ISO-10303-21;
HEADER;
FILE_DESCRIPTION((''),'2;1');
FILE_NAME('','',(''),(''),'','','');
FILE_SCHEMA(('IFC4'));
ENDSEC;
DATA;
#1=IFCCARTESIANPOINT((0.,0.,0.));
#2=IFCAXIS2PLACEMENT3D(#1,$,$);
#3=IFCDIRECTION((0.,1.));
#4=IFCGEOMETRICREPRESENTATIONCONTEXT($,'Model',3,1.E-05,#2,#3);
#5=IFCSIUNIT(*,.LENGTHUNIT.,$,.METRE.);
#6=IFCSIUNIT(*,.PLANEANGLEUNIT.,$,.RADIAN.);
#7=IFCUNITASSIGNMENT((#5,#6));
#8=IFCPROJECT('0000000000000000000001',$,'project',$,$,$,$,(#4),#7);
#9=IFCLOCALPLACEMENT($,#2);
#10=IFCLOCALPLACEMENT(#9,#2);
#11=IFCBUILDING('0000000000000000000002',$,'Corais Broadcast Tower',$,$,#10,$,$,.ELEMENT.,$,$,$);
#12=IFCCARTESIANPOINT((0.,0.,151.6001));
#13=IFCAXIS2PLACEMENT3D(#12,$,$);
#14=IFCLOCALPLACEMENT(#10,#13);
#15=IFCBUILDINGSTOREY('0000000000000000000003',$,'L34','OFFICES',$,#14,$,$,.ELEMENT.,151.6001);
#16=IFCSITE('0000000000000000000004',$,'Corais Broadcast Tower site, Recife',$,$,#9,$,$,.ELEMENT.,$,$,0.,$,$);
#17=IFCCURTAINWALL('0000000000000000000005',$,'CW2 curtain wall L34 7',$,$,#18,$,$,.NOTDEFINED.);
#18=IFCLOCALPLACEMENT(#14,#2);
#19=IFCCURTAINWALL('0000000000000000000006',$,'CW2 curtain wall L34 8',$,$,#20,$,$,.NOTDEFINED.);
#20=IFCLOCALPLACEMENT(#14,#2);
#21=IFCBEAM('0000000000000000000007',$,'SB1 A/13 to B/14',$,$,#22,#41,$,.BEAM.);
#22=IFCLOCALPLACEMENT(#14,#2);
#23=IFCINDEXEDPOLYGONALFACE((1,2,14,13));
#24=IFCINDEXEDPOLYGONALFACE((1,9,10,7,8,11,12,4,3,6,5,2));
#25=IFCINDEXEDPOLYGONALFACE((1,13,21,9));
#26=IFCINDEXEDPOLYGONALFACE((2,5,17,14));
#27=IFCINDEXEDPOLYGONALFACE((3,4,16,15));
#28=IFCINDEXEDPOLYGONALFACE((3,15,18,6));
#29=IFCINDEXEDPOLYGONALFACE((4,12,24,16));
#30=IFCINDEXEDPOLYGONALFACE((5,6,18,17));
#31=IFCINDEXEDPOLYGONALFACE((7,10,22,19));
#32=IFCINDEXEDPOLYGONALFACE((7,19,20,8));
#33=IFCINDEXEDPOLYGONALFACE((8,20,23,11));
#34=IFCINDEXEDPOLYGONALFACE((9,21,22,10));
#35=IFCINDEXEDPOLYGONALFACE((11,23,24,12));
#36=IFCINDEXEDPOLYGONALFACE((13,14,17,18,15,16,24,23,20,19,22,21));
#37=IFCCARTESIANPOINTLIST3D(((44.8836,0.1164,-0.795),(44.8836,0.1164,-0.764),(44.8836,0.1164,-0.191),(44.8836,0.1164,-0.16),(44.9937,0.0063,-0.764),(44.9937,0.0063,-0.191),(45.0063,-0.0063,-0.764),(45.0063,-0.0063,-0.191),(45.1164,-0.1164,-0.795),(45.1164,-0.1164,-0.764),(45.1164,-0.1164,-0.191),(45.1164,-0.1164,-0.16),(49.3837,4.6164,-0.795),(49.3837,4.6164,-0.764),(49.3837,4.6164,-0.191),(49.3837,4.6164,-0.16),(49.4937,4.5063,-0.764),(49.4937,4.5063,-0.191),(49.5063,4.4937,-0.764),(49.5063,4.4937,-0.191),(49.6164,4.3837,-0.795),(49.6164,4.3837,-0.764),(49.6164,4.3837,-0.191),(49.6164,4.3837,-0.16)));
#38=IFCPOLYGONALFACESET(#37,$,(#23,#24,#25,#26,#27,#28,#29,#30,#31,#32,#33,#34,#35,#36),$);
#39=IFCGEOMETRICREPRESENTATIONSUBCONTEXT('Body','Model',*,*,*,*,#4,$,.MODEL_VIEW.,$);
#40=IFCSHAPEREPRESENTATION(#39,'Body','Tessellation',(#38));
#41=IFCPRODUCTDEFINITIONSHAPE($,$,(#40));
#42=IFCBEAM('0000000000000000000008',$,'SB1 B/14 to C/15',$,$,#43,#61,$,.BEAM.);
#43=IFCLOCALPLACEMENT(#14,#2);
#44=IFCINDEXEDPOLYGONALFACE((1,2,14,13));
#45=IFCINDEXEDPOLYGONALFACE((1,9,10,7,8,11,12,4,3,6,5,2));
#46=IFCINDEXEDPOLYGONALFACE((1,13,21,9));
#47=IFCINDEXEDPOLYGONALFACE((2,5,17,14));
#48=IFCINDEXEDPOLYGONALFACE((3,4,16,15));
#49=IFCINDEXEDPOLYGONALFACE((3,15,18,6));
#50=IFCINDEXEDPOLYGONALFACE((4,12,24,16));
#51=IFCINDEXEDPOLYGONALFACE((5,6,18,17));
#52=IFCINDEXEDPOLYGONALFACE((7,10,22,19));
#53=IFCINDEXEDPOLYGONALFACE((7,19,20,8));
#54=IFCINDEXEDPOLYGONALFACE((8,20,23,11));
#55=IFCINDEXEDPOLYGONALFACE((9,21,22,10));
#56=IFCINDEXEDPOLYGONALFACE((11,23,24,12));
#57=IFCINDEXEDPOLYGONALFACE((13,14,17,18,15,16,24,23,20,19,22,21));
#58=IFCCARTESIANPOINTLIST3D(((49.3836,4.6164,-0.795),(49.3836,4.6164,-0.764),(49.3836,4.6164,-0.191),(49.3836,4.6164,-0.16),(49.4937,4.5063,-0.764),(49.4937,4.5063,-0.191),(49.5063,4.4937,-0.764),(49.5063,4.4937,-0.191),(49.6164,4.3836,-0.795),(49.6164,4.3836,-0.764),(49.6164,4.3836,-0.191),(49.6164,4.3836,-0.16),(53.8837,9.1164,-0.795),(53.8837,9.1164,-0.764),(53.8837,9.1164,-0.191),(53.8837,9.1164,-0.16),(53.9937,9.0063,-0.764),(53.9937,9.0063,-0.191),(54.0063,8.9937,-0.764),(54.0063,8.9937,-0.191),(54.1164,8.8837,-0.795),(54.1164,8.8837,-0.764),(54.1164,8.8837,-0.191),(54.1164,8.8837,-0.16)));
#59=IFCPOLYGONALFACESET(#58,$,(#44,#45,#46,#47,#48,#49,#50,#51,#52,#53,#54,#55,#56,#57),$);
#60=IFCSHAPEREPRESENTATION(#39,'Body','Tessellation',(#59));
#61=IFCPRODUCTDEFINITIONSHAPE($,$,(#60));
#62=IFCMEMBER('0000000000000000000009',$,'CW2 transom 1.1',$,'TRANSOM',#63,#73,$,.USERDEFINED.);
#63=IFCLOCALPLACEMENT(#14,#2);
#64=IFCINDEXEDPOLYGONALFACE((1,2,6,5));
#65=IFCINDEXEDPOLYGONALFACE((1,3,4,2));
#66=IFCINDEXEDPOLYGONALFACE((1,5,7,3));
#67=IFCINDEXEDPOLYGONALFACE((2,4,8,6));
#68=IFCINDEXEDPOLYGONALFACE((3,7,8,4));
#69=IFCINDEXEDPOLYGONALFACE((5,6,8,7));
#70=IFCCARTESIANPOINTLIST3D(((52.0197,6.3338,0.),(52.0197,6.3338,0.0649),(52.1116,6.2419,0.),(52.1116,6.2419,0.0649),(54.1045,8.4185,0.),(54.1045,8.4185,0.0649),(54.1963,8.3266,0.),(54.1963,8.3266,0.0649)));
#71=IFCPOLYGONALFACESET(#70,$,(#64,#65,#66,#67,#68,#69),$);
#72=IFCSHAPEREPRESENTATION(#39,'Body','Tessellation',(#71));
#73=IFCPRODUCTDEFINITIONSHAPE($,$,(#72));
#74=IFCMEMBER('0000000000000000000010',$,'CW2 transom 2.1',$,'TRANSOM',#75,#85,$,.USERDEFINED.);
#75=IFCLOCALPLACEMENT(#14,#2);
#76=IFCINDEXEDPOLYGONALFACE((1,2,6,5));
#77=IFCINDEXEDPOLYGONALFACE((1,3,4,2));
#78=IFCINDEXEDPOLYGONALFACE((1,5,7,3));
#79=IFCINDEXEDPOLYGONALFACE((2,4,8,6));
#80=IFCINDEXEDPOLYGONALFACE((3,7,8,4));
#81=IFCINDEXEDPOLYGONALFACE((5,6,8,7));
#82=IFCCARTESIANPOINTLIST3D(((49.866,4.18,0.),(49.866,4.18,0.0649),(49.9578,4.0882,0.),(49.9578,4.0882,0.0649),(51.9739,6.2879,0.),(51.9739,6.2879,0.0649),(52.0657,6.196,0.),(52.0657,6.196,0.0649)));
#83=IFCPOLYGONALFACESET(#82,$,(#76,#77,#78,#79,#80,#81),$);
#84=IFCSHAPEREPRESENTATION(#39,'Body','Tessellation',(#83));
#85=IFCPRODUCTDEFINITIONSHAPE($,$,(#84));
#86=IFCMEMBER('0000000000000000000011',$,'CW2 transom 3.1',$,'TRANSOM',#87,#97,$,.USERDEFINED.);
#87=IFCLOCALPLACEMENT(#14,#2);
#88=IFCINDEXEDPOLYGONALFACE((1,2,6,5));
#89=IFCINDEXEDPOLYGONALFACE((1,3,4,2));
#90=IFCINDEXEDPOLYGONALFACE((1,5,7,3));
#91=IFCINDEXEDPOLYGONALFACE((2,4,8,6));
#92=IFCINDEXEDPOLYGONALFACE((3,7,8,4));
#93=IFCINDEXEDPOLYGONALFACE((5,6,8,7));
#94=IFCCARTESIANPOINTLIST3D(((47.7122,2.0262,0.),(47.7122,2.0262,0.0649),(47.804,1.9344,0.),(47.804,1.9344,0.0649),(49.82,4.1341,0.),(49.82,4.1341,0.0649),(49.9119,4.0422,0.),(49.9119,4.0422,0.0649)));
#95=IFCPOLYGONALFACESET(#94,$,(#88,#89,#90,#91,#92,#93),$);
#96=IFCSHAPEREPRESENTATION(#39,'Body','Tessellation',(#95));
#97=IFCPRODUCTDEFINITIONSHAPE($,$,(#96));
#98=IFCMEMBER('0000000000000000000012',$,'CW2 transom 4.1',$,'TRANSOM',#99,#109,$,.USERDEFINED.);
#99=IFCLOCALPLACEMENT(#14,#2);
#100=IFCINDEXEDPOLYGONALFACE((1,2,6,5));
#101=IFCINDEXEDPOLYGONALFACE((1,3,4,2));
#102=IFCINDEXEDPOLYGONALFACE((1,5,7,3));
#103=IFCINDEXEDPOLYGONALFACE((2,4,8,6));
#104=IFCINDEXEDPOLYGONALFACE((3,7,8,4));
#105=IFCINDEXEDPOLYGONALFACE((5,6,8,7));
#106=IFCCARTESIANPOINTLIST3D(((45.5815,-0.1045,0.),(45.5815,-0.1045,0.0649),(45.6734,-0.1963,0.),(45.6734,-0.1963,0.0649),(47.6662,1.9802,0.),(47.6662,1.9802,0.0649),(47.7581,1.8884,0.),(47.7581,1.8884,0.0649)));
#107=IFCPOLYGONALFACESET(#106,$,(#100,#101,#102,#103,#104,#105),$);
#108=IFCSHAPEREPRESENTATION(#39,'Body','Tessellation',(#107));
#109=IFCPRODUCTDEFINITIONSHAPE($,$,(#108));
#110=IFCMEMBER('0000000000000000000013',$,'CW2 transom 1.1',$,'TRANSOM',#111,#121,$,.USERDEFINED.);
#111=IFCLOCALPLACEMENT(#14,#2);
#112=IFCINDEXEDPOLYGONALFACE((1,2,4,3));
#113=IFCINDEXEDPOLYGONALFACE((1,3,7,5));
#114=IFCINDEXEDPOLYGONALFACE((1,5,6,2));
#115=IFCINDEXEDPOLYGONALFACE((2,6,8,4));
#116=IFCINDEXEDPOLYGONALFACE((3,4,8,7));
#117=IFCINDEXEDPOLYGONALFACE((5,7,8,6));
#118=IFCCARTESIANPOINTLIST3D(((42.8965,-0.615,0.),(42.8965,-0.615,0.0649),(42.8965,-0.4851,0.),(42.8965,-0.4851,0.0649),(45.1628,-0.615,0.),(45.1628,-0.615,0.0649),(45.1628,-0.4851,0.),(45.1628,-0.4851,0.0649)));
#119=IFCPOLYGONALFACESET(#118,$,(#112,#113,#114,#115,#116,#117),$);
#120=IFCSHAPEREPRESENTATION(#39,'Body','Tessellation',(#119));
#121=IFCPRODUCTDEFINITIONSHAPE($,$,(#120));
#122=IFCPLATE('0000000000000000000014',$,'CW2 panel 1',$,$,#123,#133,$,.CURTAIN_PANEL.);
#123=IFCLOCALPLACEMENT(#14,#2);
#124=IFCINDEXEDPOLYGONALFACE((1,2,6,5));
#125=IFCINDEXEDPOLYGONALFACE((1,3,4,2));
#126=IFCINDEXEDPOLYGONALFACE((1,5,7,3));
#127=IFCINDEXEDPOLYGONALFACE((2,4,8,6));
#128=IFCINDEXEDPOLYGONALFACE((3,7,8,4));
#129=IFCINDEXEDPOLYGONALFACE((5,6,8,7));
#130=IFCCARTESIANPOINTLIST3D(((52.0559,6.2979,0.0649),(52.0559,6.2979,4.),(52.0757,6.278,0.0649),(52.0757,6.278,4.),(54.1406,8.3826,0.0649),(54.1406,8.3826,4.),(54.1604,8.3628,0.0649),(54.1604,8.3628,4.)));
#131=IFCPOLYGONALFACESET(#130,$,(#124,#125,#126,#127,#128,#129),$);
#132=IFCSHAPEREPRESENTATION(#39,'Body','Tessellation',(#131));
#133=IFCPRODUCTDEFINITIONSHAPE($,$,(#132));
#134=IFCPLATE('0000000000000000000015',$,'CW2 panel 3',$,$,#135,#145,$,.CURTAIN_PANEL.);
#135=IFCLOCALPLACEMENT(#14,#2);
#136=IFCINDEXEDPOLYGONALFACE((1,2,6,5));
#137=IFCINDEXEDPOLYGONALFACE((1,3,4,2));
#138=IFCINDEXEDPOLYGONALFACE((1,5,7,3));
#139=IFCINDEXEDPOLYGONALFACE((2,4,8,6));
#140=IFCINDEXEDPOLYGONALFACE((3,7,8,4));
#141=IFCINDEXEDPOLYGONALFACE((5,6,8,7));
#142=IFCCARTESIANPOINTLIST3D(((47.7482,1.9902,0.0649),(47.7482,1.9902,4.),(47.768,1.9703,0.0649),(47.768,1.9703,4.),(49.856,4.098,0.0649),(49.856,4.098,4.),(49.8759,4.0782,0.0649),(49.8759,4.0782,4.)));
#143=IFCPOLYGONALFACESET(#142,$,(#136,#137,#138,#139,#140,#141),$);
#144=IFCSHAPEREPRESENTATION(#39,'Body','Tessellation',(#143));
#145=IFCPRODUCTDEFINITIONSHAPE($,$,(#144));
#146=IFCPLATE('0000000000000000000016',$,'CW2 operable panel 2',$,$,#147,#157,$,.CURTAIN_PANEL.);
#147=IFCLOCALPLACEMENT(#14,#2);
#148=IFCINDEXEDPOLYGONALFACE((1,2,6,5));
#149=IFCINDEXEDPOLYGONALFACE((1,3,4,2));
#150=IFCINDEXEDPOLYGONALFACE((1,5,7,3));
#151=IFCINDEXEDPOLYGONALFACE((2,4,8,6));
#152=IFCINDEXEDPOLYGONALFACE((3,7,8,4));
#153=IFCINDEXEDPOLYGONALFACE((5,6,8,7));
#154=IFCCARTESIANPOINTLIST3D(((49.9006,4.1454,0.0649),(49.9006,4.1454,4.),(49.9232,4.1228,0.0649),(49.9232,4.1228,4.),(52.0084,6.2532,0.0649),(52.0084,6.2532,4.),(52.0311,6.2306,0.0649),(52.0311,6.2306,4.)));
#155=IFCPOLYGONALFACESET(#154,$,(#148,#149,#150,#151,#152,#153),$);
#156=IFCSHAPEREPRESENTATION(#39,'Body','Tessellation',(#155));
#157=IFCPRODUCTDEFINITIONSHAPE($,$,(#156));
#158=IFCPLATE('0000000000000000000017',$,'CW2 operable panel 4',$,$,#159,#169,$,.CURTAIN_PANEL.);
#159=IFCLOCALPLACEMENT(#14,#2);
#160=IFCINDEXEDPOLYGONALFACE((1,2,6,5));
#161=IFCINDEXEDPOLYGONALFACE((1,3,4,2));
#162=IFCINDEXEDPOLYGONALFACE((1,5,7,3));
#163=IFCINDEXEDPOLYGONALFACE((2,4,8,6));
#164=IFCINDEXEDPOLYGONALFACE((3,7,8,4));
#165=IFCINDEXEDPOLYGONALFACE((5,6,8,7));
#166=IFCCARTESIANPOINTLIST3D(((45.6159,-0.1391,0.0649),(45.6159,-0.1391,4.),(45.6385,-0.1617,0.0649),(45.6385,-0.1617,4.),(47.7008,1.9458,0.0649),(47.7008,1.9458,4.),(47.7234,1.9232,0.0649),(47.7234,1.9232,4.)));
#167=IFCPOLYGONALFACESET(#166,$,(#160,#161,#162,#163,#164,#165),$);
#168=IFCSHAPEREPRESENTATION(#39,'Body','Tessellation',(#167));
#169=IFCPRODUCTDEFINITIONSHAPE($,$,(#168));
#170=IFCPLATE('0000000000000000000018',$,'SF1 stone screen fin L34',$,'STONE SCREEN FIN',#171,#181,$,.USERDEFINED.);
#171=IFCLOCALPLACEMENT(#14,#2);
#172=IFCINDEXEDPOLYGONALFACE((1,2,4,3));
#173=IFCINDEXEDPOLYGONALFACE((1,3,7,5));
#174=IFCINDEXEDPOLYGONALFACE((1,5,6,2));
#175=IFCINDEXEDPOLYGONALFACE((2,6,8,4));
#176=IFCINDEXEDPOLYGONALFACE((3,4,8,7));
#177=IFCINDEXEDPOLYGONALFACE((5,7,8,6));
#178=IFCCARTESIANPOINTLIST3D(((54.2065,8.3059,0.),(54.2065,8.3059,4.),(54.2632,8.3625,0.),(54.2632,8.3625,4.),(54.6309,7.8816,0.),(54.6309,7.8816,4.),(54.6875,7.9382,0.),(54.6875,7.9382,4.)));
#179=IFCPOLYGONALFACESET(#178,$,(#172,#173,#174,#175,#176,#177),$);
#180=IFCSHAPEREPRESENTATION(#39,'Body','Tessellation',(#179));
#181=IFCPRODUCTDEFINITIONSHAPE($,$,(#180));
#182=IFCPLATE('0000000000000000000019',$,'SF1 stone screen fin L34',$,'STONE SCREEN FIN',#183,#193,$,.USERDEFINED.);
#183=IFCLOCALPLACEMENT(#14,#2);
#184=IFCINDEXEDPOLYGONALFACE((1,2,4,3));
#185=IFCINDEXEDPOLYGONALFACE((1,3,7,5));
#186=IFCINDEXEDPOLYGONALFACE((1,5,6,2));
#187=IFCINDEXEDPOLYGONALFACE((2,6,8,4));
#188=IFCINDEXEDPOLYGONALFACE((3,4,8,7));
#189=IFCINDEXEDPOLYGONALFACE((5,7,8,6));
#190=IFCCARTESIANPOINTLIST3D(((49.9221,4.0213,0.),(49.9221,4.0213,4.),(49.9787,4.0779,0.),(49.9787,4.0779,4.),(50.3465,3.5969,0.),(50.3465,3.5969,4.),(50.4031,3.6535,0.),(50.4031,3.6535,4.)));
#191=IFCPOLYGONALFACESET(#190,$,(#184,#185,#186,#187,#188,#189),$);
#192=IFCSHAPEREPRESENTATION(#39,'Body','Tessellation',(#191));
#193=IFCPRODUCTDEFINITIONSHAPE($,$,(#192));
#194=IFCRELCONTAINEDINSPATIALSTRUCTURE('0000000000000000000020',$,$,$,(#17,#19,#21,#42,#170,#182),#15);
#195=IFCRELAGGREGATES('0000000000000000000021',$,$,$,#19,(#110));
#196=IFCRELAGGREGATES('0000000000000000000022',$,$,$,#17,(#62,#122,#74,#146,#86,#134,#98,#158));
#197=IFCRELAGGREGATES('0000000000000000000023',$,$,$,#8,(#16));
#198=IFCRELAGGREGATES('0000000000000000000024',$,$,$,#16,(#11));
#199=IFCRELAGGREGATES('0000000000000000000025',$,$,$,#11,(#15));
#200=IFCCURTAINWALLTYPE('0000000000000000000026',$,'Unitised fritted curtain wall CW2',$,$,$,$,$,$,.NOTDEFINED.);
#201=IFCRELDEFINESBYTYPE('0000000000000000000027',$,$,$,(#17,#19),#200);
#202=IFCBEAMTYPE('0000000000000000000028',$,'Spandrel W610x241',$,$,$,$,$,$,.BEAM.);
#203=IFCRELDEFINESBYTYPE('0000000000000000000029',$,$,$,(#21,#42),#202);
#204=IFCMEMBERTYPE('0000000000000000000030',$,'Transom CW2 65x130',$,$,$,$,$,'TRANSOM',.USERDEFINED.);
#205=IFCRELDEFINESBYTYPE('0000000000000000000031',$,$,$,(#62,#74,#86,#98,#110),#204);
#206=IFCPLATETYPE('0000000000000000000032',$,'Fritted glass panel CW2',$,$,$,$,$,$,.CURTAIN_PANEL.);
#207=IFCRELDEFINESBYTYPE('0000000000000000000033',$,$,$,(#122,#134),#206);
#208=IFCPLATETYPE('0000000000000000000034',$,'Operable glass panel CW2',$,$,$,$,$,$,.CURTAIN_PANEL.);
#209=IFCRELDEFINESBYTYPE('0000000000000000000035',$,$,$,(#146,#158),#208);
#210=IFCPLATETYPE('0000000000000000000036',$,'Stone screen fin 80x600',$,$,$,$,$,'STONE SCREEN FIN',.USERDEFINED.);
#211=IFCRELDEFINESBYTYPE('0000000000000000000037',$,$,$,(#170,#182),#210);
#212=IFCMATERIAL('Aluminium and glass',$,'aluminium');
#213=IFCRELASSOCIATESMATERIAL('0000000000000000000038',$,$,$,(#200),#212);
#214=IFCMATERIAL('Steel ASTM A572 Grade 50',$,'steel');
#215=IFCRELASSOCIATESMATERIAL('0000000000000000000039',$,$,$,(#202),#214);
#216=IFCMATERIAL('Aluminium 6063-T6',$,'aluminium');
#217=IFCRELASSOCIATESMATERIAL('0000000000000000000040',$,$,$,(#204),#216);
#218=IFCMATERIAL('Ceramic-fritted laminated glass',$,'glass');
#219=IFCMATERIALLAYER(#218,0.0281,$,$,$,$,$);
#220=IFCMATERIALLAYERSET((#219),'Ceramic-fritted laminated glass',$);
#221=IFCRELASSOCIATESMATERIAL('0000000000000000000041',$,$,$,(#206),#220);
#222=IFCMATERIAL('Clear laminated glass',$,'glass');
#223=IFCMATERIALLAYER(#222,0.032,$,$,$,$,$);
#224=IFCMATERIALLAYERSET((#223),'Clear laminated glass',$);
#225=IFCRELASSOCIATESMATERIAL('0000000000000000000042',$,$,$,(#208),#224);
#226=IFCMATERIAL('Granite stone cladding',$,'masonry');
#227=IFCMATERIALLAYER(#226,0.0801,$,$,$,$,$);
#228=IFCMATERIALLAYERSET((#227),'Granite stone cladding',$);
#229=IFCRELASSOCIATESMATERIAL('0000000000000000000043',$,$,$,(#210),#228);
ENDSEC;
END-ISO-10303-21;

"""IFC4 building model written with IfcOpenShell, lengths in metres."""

from ifc_helpers import new_model, si_unit, direction, frame, origin, origin_2d, place, context, subcontext, project, spatial, rectangle, i_section, extrude, material, layer, layer_set, material_profile, profile_set, type_object, element, aggregate, save


model = new_model("IFC4")

# Units and contexts
model_context = context("Model", 3, precision=1e-05, world=origin(), true_north=direction((0.0, 1.0)))
body_context = subcontext(model_context, "Body", "Model", "MODEL_VIEW")
ifc_project = project(units=[si_unit("LENGTHUNIT", "METRE"), si_unit("PLANEANGLEUNIT", "RADIAN")], contexts=[model_context])

# Site, building, storey
site_placement = place(None, origin())
site = spatial("IfcSite", under=ifc_project, at=site_placement, Name="Corais Broadcast Tower site, Recife", CompositionType="ELEMENT", RefElevation=0.0)
building_placement = place(site_placement, origin())
building = spatial("IfcBuilding", under=site, at=building_placement, Name="Corais Broadcast Tower", CompositionType="ELEMENT")
storey_placement = place(building_placement, frame((0.0, 0.0, 151.6001)))
storey = spatial("IfcBuildingStorey", under=building, at=storey_placement, Name="L34", Description="OFFICES", CompositionType="ELEMENT", Elevation=151.6001)

# Shared definitions
ifc_material_1 = material(Name="Aluminium and glass", Category="aluminium")
curtain_wall_type = type_object("IfcCurtainWallType", Name="Unitised fritted curtain wall CW2", PredefinedType="NOTDEFINED", material=ifc_material_1)

# Curtain wall
curtain_wall_1_placement = place(storey_placement, origin())
curtain_wall_1 = element("IfcCurtainWall", 1, at=curtain_wall_1_placement, inside=storey, type_object=curtain_wall_type, Name="CW2 curtain wall L34 7", PredefinedType="NOTDEFINED")

# Curtain wall
curtain_wall_2_placement = place(storey_placement, origin())
curtain_wall_2 = element("IfcCurtainWall", 2, at=curtain_wall_2_placement, inside=storey, type_object=curtain_wall_type, Name="CW2 curtain wall L34 8", PredefinedType="NOTDEFINED")

# Beams
ifc_material_2 = material(Name="Steel ASTM A572 Grade 50", Category="steel")
ifc_material_profile_1 = material_profile(ifc_material_2, i_section(OverallWidth=0.3291, OverallDepth=0.635, WebThickness=0.0178, FlangeThickness=0.031, at=origin_2d()), Name="W610x241")
ifc_profile_set_1 = profile_set([ifc_material_profile_1], Name="Steel ASTM A572 Grade 50")
beam_type_1 = type_object("IfcBeamType", Name="Spandrel W610x241", PredefinedType="BEAM", material=ifc_profile_set_1)
for number, where, z_axis, x_axis, name in (
    (3, (45.0, 0.0, -0.4775), (0.707107, 0.707107, 0.0), (-0.707107, 0.707107, 0.0), "SB1 A/13 to B/14"),
    (4, (49.5, 4.5, -0.4775), (0.707107, 0.707107, 0.0), (-0.707107, 0.707107, 0.0), "SB1 B/14 to C/15"),
):
    element("IfcBeam", number, at=place(storey_placement, frame(where, z_axis=z_axis, x_axis=x_axis)), inside=storey, type_object=beam_type_1, Name=name, PredefinedType="BEAM", context=body_context, shape_type="SweptSolid", body=[
        extrude(i_section(OverallWidth=0.3291, OverallDepth=0.635, WebThickness=0.0178, FlangeThickness=0.031, at=origin_2d()), origin(), (0.0, 0.0, 1.0), 6.364),
    ])

# Members
ifc_material_3 = material(Name="Aluminium 6063-T6", Category="aluminium")
ifc_material_profile_2 = material_profile(ifc_material_3, rectangle(XDim=0.1299, YDim=0.0649, at=origin_2d()), Name="Transom CW2 65x130")
ifc_profile_set_2 = profile_set([ifc_material_profile_2], Name="Aluminium 6063-T6")
member_type_1 = type_object("IfcMemberType", Name="Transom CW2 65x130", ElementType="TRANSOM", PredefinedType="USERDEFINED", material=ifc_profile_set_2)
member_1_placement = place(storey_placement, frame((54.1504, 8.3726, 0.0325), z_axis=(-0.707107, -0.707107, 0.0), x_axis=(0.707107, -0.707107, 0.0)))
member_1 = element("IfcMember", 5, at=member_1_placement, type_object=member_type_1, Name="CW2 transom 1.1", ObjectType="TRANSOM", PredefinedType="USERDEFINED", context=body_context, shape_type="SweptSolid", body=[
    extrude(rectangle(XDim=0.1299, YDim=0.0649, at=origin_2d()), origin(), (0.0, 0.0, 1.0), 2.9482),
])
member_2_placement = place(storey_placement, frame((52.0198, 6.2419, 0.0325), z_axis=(-0.707107, -0.707107, 0.0), x_axis=(0.707107, -0.707107, 0.0)))
member_2 = element("IfcMember", 6, at=member_2_placement, type_object=member_type_1, Name="CW2 transom 2.1", ObjectType="TRANSOM", PredefinedType="USERDEFINED", context=body_context, shape_type="SweptSolid", body=[
    extrude(rectangle(XDim=0.1299, YDim=0.0649, at=origin_2d()), origin(), (0.0, 0.0, 1.0), 2.981),
])
member_3_placement = place(storey_placement, frame((49.866, 4.0881, 0.0325), z_axis=(-0.707107, -0.707107, 0.0), x_axis=(0.707107, -0.707107, 0.0)))
member_3 = element("IfcMember", 7, at=member_3_placement, type_object=member_type_1, Name="CW2 transom 3.1", ObjectType="TRANSOM", PredefinedType="USERDEFINED", context=body_context, shape_type="SweptSolid", body=[
    extrude(rectangle(XDim=0.1299, YDim=0.0649, at=origin_2d()), origin(), (0.0, 0.0, 1.0), 2.981),
])
member_4_placement = place(storey_placement, frame((47.7122, 1.9343, 0.0325), z_axis=(-0.707107, -0.707107, 0.0), x_axis=(0.707107, -0.707107, 0.0)))
member_4 = element("IfcMember", 8, at=member_4_placement, type_object=member_type_1, Name="CW2 transom 4.1", ObjectType="TRANSOM", PredefinedType="USERDEFINED", context=body_context, shape_type="SweptSolid", body=[
    extrude(rectangle(XDim=0.1299, YDim=0.0649, at=origin_2d()), origin(), (0.0, 0.0, 1.0), 2.9482),
])
member_5_placement = place(storey_placement, frame((45.1628, -0.55, 0.0325), z_axis=(-1.0, 0.0, 0.0), x_axis=(0.0, -1.0, 0.0)))
member_5 = element("IfcMember", 9, at=member_5_placement, type_object=member_type_1, Name="CW2 transom 1.1", ObjectType="TRANSOM", PredefinedType="USERDEFINED", context=body_context, shape_type="SweptSolid", body=[
    extrude(rectangle(XDim=0.1299, YDim=0.0649, at=origin_2d()), origin(), (0.0, 0.0, 1.0), 2.2664),
])
aggregate(curtain_wall_2, [member_5])

# Plates
ifc_material_4 = material(Name="Ceramic-fritted laminated glass", Category="glass")
ifc_layer_1 = layer(ifc_material_4, 0.0281)
ifc_layer_set_1 = layer_set([ifc_layer_1], Name="Ceramic-fritted laminated glass")
plate_type_1 = type_object("IfcPlateType", Name="Fritted glass panel CW2", PredefinedType="CURTAIN_PANEL", material=ifc_layer_set_1)
plate_1_placement = place(storey_placement, frame((53.1082, 7.3303, 0.0649), z_axis=(0.0, 0.0, 1.0), x_axis=(-0.707107, -0.707107, 0.0)))
plate_1 = element("IfcPlate", 10, at=plate_1_placement, type_object=plate_type_1, Name="CW2 panel 1", PredefinedType="CURTAIN_PANEL", context=body_context, shape_type="SweptSolid", body=[
    extrude(rectangle(XDim=2.9482, YDim=0.0281, at=origin_2d()), origin(), (0.0, 0.0, 1.0), 3.9351),
])
plate_2_placement = place(storey_placement, frame((48.812, 3.0342, 0.0649), z_axis=(0.0, 0.0, 1.0), x_axis=(-0.707107, -0.707107, 0.0)))
plate_2 = element("IfcPlate", 11, at=plate_2_placement, type_object=plate_type_1, Name="CW2 panel 3", PredefinedType="CURTAIN_PANEL", context=body_context, shape_type="SweptSolid", body=[
    extrude(rectangle(XDim=2.981, YDim=0.0281, at=origin_2d()), origin(), (0.0, 0.0, 1.0), 3.9351),
])
ifc_material_5 = material(Name="Clear laminated glass", Category="glass")
ifc_layer_2 = layer(ifc_material_5, 0.032)
ifc_layer_set_2 = layer_set([ifc_layer_2], Name="Clear laminated glass")
plate_type_2 = type_object("IfcPlateType", Name="Operable glass panel CW2", PredefinedType="CURTAIN_PANEL", material=ifc_layer_set_2)
plate_3_placement = place(storey_placement, frame((50.9658, 5.188, 0.0649), z_axis=(0.0, 0.0, 1.0), x_axis=(-0.707107, -0.707107, 0.0)))
plate_3 = element("IfcPlate", 12, at=plate_3_placement, type_object=plate_type_2, Name="CW2 operable panel 2", PredefinedType="CURTAIN_PANEL", context=body_context, shape_type="SweptSolid", body=[
    extrude(rectangle(XDim=2.981, YDim=0.032, at=origin_2d()), origin(), (0.0, 0.0, 1.0), 3.9351),
])
plate_4_placement = place(storey_placement, frame((46.6697, 0.8921, 0.0649), z_axis=(0.0, 0.0, 1.0), x_axis=(-0.707107, -0.707107, 0.0)))
plate_4 = element("IfcPlate", 13, at=plate_4_placement, type_object=plate_type_2, Name="CW2 operable panel 4", PredefinedType="CURTAIN_PANEL", context=body_context, shape_type="SweptSolid", body=[
    extrude(rectangle(XDim=2.9485, YDim=0.032, at=origin_2d()), origin(), (0.0, 0.0, 1.0), 3.9351),
])
aggregate(curtain_wall_1, [member_1, plate_1, member_2, plate_3, member_3, plate_2, member_4, plate_4])

# Plates
ifc_material_6 = material(Name="Granite stone cladding", Category="masonry")
ifc_layer_3 = layer(ifc_material_6, 0.0801)
ifc_layer_set_3 = layer_set([ifc_layer_3], Name="Granite stone cladding")
plate_type_3 = type_object("IfcPlateType", Name="Stone screen fin 80x600", ElementType="STONE SCREEN FIN", PredefinedType="USERDEFINED", material=ifc_layer_set_3)
for number, where, z_axis, x_axis, name in (
    (14, (54.447, 8.1221, 0.0), (0.0, 0.0, 1.0), (-0.707107, -0.707107, 0.0), "SF1 stone screen fin L34"),
    (15, (50.1626, 3.8374, 0.0), (0.0, 0.0, 1.0), (-0.707107, -0.707107, 0.0), "SF1 stone screen fin L34"),
):
    element("IfcPlate", number, at=place(storey_placement, frame(where, z_axis=z_axis, x_axis=x_axis)), inside=storey, type_object=plate_type_3, Name=name, ObjectType="STONE SCREEN FIN", PredefinedType="USERDEFINED", context=body_context, shape_type="SweptSolid", body=[
        extrude(rectangle(XDim=0.0801, YDim=0.6001, at=origin_2d()), origin(), (0.0, 0.0, 1.0), 4.0),
    ])

save(model, "model.ifc")
